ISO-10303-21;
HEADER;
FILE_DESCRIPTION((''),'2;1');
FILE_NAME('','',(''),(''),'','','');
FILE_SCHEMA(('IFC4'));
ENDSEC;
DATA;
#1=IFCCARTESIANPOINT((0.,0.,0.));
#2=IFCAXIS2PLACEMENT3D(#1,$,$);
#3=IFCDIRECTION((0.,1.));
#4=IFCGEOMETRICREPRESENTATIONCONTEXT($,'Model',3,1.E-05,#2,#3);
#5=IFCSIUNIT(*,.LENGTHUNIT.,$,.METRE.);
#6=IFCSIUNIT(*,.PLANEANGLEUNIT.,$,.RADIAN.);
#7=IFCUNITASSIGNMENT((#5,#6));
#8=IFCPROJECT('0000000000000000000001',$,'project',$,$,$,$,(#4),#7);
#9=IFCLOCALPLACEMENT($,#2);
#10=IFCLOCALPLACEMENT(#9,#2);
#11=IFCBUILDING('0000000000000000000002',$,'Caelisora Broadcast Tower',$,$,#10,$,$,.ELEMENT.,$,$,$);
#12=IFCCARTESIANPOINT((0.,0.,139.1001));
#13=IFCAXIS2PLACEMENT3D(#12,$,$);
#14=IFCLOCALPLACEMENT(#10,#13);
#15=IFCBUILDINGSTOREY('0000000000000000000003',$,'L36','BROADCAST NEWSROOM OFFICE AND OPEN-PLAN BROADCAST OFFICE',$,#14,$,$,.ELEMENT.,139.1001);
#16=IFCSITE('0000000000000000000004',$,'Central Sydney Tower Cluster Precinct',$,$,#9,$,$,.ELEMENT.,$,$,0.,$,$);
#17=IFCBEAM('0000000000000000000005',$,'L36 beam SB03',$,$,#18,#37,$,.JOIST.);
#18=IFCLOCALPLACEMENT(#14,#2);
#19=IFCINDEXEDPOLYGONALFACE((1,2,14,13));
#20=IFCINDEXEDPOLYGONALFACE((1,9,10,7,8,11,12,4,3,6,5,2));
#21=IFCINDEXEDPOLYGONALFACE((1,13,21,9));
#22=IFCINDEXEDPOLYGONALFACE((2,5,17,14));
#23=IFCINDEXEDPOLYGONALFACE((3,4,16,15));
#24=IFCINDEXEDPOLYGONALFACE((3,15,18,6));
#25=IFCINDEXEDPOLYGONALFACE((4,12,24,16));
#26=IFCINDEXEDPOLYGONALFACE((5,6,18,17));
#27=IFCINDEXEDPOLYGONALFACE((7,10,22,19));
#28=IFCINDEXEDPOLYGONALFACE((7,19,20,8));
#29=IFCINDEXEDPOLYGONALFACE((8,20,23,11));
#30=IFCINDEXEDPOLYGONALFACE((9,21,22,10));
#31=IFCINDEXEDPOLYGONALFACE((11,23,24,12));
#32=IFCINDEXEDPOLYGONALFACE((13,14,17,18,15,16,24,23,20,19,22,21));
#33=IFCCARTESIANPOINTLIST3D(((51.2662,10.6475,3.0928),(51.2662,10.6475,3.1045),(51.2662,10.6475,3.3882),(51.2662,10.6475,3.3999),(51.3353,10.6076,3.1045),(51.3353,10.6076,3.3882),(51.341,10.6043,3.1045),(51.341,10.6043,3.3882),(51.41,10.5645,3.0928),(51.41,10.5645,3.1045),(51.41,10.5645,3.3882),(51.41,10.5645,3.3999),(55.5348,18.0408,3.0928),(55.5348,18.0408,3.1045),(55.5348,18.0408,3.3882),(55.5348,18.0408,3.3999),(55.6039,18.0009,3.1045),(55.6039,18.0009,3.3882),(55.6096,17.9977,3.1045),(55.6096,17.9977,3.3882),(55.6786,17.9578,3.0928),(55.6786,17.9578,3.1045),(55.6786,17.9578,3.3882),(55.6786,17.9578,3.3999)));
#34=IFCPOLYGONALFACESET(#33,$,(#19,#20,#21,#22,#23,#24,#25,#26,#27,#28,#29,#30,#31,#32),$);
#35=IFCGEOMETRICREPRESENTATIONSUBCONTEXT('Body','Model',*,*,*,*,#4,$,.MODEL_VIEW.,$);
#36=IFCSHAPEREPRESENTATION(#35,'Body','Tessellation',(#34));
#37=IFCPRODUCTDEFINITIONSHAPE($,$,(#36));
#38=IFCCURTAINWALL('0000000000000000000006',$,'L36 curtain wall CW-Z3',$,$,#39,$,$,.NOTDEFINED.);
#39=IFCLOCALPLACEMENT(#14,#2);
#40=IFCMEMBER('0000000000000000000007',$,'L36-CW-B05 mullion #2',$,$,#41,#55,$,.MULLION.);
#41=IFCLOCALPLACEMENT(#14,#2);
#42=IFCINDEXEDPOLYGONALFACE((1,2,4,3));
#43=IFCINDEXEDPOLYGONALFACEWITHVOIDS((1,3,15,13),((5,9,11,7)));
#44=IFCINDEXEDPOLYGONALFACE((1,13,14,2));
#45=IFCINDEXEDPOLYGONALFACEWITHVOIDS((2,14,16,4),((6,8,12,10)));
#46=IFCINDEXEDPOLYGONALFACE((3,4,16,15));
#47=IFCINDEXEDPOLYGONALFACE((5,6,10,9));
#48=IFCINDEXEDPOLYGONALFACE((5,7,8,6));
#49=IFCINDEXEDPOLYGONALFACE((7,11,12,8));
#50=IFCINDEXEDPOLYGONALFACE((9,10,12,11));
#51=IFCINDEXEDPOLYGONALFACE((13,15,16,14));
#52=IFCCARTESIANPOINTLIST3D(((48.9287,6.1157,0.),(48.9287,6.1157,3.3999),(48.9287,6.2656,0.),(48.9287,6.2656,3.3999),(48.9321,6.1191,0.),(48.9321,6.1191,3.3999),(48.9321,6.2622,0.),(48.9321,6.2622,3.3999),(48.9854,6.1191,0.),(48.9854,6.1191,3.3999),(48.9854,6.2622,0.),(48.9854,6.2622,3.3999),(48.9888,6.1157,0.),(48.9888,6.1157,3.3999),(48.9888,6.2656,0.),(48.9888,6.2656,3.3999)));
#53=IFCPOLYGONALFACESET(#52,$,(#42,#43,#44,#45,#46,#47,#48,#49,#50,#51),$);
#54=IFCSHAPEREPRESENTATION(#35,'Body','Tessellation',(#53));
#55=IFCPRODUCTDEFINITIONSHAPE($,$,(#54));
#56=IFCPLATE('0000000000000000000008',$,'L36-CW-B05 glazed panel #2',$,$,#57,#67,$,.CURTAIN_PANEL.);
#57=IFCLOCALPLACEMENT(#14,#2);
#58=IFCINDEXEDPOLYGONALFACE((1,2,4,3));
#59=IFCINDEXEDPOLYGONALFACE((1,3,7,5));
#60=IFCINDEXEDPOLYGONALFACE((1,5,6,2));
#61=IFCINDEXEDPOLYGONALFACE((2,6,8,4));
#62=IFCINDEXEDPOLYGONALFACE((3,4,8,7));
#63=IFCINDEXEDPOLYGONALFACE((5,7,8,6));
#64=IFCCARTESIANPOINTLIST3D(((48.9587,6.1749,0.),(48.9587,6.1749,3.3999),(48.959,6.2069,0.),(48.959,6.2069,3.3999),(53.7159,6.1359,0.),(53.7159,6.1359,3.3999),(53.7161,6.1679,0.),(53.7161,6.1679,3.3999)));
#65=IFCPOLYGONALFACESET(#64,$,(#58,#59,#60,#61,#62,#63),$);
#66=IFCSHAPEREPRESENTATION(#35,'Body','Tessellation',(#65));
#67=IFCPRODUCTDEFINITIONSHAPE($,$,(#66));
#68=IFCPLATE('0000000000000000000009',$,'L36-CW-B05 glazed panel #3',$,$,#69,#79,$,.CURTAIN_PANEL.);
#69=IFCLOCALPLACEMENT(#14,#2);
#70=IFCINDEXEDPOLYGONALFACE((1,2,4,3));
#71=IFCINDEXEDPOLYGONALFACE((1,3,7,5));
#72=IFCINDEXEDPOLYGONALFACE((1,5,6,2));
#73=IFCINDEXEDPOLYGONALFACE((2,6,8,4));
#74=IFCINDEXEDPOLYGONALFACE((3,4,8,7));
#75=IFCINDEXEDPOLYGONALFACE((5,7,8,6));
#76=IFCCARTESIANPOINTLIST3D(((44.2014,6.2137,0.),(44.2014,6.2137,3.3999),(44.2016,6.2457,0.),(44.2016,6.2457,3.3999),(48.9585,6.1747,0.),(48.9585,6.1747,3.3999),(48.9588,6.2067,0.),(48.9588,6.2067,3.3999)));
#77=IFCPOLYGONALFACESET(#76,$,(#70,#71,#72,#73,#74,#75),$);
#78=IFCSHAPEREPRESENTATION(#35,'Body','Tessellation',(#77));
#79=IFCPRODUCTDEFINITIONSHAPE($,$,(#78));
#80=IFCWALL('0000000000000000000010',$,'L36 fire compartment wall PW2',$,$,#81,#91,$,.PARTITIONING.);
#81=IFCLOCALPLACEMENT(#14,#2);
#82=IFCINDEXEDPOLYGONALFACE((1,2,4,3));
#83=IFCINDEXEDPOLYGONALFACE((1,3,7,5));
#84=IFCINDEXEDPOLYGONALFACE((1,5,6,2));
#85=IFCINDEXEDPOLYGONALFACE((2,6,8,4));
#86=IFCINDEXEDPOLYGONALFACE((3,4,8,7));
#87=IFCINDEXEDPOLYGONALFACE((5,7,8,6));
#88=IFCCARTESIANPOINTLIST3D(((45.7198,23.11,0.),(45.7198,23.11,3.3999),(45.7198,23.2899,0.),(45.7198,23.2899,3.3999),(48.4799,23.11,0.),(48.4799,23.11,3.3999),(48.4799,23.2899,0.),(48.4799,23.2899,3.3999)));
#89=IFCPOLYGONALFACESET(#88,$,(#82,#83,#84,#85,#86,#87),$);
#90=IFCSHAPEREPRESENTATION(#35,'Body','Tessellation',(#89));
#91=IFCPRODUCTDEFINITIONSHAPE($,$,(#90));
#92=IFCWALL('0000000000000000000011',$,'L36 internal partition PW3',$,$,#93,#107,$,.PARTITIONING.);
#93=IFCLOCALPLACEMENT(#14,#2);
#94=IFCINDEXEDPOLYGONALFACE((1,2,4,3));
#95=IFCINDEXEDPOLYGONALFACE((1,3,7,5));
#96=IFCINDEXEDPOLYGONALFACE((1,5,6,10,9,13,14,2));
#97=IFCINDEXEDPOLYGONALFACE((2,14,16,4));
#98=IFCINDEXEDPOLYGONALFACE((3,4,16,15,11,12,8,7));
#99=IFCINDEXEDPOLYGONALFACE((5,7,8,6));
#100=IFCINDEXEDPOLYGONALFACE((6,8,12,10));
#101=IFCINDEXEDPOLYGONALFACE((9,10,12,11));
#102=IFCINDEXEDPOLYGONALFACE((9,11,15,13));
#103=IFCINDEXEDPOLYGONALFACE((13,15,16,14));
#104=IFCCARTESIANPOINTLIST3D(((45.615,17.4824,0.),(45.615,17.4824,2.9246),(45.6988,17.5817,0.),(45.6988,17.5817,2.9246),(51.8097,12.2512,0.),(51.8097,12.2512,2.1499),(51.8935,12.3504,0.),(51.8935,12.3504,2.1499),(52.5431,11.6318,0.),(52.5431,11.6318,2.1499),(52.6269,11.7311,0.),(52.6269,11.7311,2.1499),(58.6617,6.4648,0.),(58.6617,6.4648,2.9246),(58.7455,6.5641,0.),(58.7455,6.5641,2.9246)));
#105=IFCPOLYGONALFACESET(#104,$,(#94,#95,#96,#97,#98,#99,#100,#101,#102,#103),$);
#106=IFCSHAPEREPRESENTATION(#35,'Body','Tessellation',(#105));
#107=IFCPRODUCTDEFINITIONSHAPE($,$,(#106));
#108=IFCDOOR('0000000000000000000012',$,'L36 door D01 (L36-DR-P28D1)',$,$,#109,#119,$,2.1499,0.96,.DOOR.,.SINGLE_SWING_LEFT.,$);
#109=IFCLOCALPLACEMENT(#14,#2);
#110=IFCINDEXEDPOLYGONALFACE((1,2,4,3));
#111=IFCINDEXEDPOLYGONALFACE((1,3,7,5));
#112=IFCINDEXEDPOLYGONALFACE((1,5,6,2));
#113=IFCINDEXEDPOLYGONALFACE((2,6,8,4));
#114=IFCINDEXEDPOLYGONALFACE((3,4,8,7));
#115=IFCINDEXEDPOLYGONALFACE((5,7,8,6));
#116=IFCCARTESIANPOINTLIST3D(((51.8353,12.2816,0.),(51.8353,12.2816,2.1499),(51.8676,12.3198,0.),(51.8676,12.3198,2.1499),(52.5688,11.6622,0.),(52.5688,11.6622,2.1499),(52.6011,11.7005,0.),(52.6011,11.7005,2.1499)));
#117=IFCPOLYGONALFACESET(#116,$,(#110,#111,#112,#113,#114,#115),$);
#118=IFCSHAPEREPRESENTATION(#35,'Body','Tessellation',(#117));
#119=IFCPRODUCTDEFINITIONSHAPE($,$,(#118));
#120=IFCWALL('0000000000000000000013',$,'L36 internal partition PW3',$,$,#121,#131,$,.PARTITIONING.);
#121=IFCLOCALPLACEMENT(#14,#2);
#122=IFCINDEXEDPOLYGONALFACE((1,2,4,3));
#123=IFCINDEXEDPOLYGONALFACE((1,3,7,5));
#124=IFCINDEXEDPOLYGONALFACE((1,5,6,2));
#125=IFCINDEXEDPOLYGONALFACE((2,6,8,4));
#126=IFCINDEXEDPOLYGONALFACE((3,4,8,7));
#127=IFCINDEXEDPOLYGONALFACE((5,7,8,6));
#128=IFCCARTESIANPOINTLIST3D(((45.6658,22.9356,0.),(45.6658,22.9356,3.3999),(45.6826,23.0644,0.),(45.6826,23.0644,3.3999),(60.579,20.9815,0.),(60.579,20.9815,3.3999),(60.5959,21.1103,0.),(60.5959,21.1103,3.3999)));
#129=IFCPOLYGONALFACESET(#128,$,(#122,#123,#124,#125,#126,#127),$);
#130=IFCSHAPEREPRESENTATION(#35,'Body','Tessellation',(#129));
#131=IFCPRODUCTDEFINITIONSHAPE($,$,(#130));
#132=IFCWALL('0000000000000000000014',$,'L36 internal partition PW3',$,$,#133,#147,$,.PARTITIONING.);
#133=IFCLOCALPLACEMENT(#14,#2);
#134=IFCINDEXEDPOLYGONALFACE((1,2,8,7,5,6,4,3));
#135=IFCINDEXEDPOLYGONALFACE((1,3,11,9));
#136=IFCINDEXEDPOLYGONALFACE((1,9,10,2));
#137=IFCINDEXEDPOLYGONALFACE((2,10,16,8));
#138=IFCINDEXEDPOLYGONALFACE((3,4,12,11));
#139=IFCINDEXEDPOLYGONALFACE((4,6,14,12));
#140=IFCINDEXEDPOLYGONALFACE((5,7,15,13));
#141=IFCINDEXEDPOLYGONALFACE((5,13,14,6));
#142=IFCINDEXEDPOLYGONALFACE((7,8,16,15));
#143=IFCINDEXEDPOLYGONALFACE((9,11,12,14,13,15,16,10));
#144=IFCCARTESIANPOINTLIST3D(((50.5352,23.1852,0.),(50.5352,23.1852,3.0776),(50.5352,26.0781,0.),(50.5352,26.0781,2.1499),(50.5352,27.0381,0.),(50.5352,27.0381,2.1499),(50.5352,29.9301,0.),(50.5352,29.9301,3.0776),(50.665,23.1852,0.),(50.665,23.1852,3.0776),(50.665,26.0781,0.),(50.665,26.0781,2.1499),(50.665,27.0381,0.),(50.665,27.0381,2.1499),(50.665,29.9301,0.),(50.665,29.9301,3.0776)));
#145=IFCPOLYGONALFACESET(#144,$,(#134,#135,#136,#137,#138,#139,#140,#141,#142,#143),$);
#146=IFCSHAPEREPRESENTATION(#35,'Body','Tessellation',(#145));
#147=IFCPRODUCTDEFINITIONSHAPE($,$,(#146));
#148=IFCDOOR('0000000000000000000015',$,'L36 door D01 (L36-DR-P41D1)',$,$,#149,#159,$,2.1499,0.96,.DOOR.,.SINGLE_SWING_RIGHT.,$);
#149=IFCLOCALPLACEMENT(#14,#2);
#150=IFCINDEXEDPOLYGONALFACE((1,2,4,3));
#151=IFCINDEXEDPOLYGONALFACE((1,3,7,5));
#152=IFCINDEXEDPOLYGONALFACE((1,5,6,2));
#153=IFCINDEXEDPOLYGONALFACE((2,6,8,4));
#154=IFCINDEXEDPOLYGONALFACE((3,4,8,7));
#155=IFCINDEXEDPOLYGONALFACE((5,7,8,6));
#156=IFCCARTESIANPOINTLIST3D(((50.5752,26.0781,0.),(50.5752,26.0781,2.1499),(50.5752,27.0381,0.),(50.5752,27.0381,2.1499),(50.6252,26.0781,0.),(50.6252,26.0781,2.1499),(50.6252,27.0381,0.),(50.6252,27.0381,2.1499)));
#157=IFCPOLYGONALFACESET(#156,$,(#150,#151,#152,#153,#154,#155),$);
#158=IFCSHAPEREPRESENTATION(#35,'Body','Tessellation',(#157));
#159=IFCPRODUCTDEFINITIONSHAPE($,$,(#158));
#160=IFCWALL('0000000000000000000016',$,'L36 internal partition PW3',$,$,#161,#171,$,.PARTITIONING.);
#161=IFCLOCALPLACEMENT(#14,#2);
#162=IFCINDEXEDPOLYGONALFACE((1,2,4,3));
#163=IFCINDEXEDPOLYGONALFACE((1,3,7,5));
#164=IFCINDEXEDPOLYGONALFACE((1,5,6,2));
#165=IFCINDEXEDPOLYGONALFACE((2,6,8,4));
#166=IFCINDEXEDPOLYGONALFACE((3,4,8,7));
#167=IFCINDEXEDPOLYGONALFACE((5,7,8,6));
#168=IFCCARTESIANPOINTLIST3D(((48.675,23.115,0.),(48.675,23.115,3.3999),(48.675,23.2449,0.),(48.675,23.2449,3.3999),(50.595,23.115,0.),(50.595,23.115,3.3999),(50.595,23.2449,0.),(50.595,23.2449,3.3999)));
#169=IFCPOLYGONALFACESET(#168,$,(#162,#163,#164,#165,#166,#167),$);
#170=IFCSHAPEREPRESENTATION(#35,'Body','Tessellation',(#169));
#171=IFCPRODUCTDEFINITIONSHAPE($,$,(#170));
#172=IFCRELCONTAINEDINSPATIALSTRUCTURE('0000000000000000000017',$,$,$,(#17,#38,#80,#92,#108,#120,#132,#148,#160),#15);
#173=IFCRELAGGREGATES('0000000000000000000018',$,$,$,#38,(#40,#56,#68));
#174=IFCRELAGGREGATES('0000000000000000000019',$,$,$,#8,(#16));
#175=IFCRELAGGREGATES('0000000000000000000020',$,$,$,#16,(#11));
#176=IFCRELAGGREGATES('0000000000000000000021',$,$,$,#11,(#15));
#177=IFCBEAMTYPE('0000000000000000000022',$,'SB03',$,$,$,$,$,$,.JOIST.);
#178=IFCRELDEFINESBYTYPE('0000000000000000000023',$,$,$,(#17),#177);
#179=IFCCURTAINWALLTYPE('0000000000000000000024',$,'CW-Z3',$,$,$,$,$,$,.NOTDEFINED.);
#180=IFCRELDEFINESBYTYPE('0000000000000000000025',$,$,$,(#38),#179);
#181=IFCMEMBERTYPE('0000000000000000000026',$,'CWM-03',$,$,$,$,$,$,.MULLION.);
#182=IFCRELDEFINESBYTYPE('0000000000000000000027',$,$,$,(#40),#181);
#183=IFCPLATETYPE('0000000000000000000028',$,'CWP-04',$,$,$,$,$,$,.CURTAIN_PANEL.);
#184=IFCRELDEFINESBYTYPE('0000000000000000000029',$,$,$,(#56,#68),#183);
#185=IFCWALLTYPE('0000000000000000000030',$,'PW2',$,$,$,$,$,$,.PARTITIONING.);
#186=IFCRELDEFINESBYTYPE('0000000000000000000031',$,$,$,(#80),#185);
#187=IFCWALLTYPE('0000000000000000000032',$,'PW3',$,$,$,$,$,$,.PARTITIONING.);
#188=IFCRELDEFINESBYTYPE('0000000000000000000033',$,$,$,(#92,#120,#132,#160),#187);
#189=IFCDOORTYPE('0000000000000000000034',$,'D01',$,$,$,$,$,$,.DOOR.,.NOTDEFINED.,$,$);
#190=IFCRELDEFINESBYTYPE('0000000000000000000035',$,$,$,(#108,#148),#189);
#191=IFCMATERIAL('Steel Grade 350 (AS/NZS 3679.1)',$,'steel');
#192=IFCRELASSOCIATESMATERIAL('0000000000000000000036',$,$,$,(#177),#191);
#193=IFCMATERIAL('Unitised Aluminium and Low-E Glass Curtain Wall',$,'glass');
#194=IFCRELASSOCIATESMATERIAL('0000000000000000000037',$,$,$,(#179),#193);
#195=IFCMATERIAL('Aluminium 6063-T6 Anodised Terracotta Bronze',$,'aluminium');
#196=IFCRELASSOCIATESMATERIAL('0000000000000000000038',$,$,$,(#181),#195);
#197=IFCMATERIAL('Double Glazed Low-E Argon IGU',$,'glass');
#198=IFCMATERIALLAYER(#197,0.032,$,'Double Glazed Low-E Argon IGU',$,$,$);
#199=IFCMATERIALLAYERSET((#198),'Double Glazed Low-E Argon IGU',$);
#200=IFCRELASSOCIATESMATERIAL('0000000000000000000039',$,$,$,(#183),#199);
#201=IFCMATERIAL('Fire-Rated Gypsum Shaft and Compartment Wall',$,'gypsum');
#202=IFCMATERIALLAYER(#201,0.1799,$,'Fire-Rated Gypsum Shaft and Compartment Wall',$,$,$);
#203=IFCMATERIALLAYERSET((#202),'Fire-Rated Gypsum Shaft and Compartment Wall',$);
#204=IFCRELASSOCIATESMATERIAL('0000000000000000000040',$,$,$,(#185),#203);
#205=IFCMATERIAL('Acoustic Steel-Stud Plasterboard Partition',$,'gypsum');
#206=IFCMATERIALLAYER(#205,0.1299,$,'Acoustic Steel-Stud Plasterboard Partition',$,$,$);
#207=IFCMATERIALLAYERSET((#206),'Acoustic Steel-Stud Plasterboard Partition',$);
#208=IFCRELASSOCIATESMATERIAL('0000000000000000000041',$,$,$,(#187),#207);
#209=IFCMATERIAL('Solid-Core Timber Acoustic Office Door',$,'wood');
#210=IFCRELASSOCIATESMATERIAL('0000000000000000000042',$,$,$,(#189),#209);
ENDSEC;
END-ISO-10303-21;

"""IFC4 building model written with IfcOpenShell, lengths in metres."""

from ifc_helpers import new_model, si_unit, direction, frame, frame_2d, origin, origin_2d, place, context, subcontext, project, spatial, rectangle, hollow_rectangle, i_section, extrude, source, transform, mapped, material, layer, layer_set, material_profile, profile_set, type_object, type_shapes, element, fill, aggregate, save


model = new_model("IFC4")

# Units and contexts
model_context = context("Model", 3, precision=1e-05, world=origin(), true_north=direction((0.0, 1.0)))
body_context = subcontext(model_context, "Body", "Model", "MODEL_VIEW")
ifc_project = project(units=[si_unit("LENGTHUNIT", "METRE"), si_unit("PLANEANGLEUNIT", "RADIAN")], contexts=[model_context])

# Site, building, storey
site_placement = place(None, origin())
site = spatial("IfcSite", under=ifc_project, at=site_placement, Name="Central Sydney Tower Cluster Precinct", CompositionType="ELEMENT", RefElevation=0.0)
building_placement = place(site_placement, origin())
building = spatial("IfcBuilding", under=site, at=building_placement, Name="Caelisora Broadcast Tower", CompositionType="ELEMENT")
storey_placement = place(building_placement, frame((0.0, 0.0, 139.1001)))
storey = spatial("IfcBuildingStorey", under=building, at=storey_placement, Name="L36", Description="BROADCAST NEWSROOM OFFICE AND OPEN-PLAN BROADCAST OFFICE", CompositionType="ELEMENT", Elevation=139.1001)

# Beam
ifc_material_1 = material(Name="Steel Grade 350 (AS/NZS 3679.1)", Category="steel")
ifc_material_profile_1 = material_profile(ifc_material_1, i_section(OverallWidth=0.166, OverallDepth=0.3071, WebThickness=0.0066, FlangeThickness=0.0117, at=origin_2d()), Name="Steel Grade 350 (AS/NZS 3679.1)")
ifc_profile_set_1 = profile_set([ifc_material_profile_1], Name="Steel Grade 350 (AS/NZS 3679.1)")
beam_type_1 = type_object("IfcBeamType", Name="SB03", PredefinedType="JOIST", material=ifc_profile_set_1)
shared_shape_1 = source(origin(), body_context, "Body", "SweptSolid", [
    extrude(i_section(OverallWidth=0.166, OverallDepth=0.3071, WebThickness=0.0066, FlangeThickness=0.0117, at=origin_2d()), origin(), (0.0, 0.0, 1.0), 8.5371),
])
beam_1_placement = place(storey_placement, frame((51.3381, 10.606, 3.2463), z_axis=(0.500002, 0.866024, 0.0), x_axis=(-0.866024, 0.500002, 0.0)))
element("IfcBeam", 1, at=beam_1_placement, inside=storey, type_object=beam_type_1, Name="L36 beam SB03", PredefinedType="JOIST", context=body_context, shape_type="MappedRepresentation", body=[
    mapped(shared_shape_1, transform((0.0, 0.0, 0.0), scale=1.0)),
])

# Curtain wall, member, plates
ifc_material_2 = material(Name="Unitised Aluminium and Low-E Glass Curtain Wall", Category="glass")
curtain_wall_type = type_object("IfcCurtainWallType", Name="CW-Z3", PredefinedType="NOTDEFINED", material=ifc_material_2)
curtain_wall_placement = place(storey_placement, origin())
curtain_wall = element("IfcCurtainWall", 2, at=curtain_wall_placement, inside=storey, type_object=curtain_wall_type, Name="L36 curtain wall CW-Z3", PredefinedType="NOTDEFINED")
ifc_material_3 = material(Name="Aluminium 6063-T6 Anodised Terracotta Bronze", Category="aluminium")
ifc_material_profile_2 = material_profile(ifc_material_3, hollow_rectangle(XDim=0.0601, YDim=0.1499, WallThickness=0.0034, at=origin_2d()), Name="Aluminium 6063-T6 Anodised Terracotta Bronze")
ifc_profile_set_2 = profile_set([ifc_material_profile_2], Name="Aluminium 6063-T6 Anodised Terracotta Bronze")
member_type = type_object("IfcMemberType", Name="CWM-03", PredefinedType="MULLION", material=ifc_profile_set_2)
shared_shape_2 = source(origin(), body_context, "Body", "SweptSolid", [
    extrude(hollow_rectangle(XDim=0.0601, YDim=0.1499, WallThickness=0.0034, at=origin_2d()), origin(), (0.0, 0.0, 1.0), 3.3999),
])
type_shapes(member_type, [shared_shape_2])
member_placement = place(storey_placement, frame((48.9587, 6.1907, 0.0), z_axis=(0.0, 0.0, 1.0), x_axis=(1.0, 0.0, 0.0)))
member = element("IfcMember", 3, at=member_placement, type_object=member_type, Name="L36-CW-B05 mullion #2", PredefinedType="MULLION", context=body_context, shape_type="MappedRepresentation", body=[
    mapped(shared_shape_2, transform((0.0, 0.0, 0.0), scale=1.0)),
])
ifc_material_4 = material(Name="Double Glazed Low-E Argon IGU", Category="glass")
ifc_layer_1 = layer(ifc_material_4, 0.032, Name="Double Glazed Low-E Argon IGU")
ifc_layer_set_1 = layer_set([ifc_layer_1], Name="Double Glazed Low-E Argon IGU")
plate_type = type_object("IfcPlateType", Name="CWP-04", PredefinedType="CURTAIN_PANEL", material=ifc_layer_set_1)
shared_shape_3 = source(origin(), body_context, "Body", "SweptSolid", [
    extrude(rectangle(XDim=4.7573, YDim=0.032, at=origin_2d()), origin(), (0.0, 0.0, 1.0), 3.3999),
])
type_shapes(plate_type, [shared_shape_3])
plate_1_placement = place(storey_placement, frame((51.3374, 6.1714, 0.0), z_axis=(0.0, 0.0, 1.0), x_axis=(-0.999966, 0.008203, 0.0)))
plate_1 = element("IfcPlate", 4, at=plate_1_placement, type_object=plate_type, Name="L36-CW-B05 glazed panel #2", PredefinedType="CURTAIN_PANEL", context=body_context, shape_type="MappedRepresentation", body=[
    mapped(shared_shape_3, transform((0.0, 0.0, 0.0), scale=1.0)),
])
plate_2_placement = place(storey_placement, frame((46.5801, 6.2102, 0.0), z_axis=(0.0, 0.0, 1.0), x_axis=(-0.999966, 0.008203, 0.0)))
plate_2 = element("IfcPlate", 5, at=plate_2_placement, type_object=plate_type, Name="L36-CW-B05 glazed panel #3", PredefinedType="CURTAIN_PANEL", context=body_context, shape_type="MappedRepresentation", body=[
    mapped(shared_shape_3, transform((0.0, 0.0, 0.0), scale=1.0)),
])
aggregate(curtain_wall, [member, plate_1, plate_2])

# Wall
ifc_material_5 = material(Name="Fire-Rated Gypsum Shaft and Compartment Wall", Category="gypsum")
ifc_layer_2 = layer(ifc_material_5, 0.1799, Name="Fire-Rated Gypsum Shaft and Compartment Wall")
ifc_layer_set_2 = layer_set([ifc_layer_2], Name="Fire-Rated Gypsum Shaft and Compartment Wall")
wall_type_1 = type_object("IfcWallType", Name="PW2", PredefinedType="PARTITIONING", material=ifc_layer_set_2)
wall_1_placement = place(storey_placement, frame((45.72, 23.2, 0.0), z_axis=(0.0, 0.0, 1.0), x_axis=(1.0, 0.0, 0.0)))
element("IfcWall", 6, at=wall_1_placement, inside=storey, type_object=wall_type_1, Name="L36 fire compartment wall PW2", PredefinedType="PARTITIONING", context=body_context, shape_type="SweptSolid", body=[
    extrude(rectangle(XDim=2.76, YDim=0.1799, at=frame_2d((1.3799, 0.0))), origin(), (0.0, 0.0, 1.0), 3.3999),
])

# Wall, opening, door
ifc_material_6 = material(Name="Acoustic Steel-Stud Plasterboard Partition", Category="gypsum")
ifc_layer_3 = layer(ifc_material_6, 0.1299, Name="Acoustic Steel-Stud Plasterboard Partition")
ifc_layer_set_3 = layer_set([ifc_layer_3], Name="Acoustic Steel-Stud Plasterboard Partition")
wall_type_2 = type_object("IfcWallType", Name="PW3", PredefinedType="PARTITIONING", material=ifc_layer_set_3)
wall_2_placement = place(storey_placement, frame((45.657, 17.532, 0.0), z_axis=(0.0, 0.0, 1.0), x_axis=(0.764018, -0.645195, 0.0)))
wall_2 = element("IfcWall", 7, at=wall_2_placement, inside=storey, type_object=wall_type_2, Name="L36 internal partition PW3", PredefinedType="PARTITIONING", context=body_context, shape_type="SweptSolid", body=[
    extrude(rectangle(XDim=17.0764, YDim=0.1299, at=frame_2d((8.5381, 0.0))), origin(), (0.0, 0.0, 1.0), 2.9246),
])
opening_1_placement = place(wall_2_placement, frame((8.1079, 0.0, 0.0)))
opening_1 = element("IfcOpeningElement", 8, at=opening_1_placement, cuts=wall_2, PredefinedType="OPENING", context=body_context, shape_type="SweptSolid", body=[
    extrude(rectangle(XDim=0.96, YDim=2.1499, at=frame_2d((0.48, 1.075))), frame((0.0, 0.0769, 0.0), z_axis=(0.0, -1.0, 0.0), x_axis=(1.0, 0.0, 0.0)), (0.0, 0.0, 1.0), 0.1538),
])
ifc_material_7 = material(Name="Solid-Core Timber Acoustic Office Door", Category="wood")
door_type_1 = type_object("IfcDoorType", Name="D01", OperationType="NOTDEFINED", PredefinedType="DOOR", material=ifc_material_7)
door_1_placement = place(opening_1_placement, origin())
door_1 = element("IfcDoor", 9, at=door_1_placement, inside=storey, type_object=door_type_1, Name="L36 door D01 (L36-DR-P28D1)", OperationType="SINGLE_SWING_LEFT", OverallHeight=2.1499, OverallWidth=0.96, PredefinedType="DOOR", context=body_context, shape_type="SweptSolid", body=[
    extrude(rectangle(XDim=0.96, YDim=2.1499, at=frame_2d((0.48, 1.075))), frame((0.0, 0.0249, 0.0), z_axis=(0.0, -1.0, 0.0), x_axis=(1.0, 0.0, 0.0)), (0.0, 0.0, 1.0), 0.05),
])
fill(opening_1, door_1)

# Wall
wall_3_placement = place(storey_placement, frame((45.6741, 23.0, 0.0), z_axis=(0.0, 0.0, 1.0), x_axis=(0.991524, -0.12992, 0.0)))
element("IfcWall", 10, at=wall_3_placement, inside=storey, type_object=wall_type_2, Name="L36 internal partition PW3", PredefinedType="PARTITIONING", context=body_context, shape_type="SweptSolid", body=[
    extrude(rectangle(XDim=15.0408, YDim=0.1299, at=frame_2d((7.5205, 0.0))), origin(), (0.0, 0.0, 1.0), 3.3999),
])

# Wall, opening, door
wall_4_placement = place(storey_placement, frame((50.6001, 23.1851, 0.0), z_axis=(0.0, 0.0, 1.0), x_axis=(0.0, 1.0, 0.0)))
wall_4 = element("IfcWall", 11, at=wall_4_placement, inside=storey, type_object=wall_type_2, Name="L36 internal partition PW3", PredefinedType="PARTITIONING", context=body_context, shape_type="SweptSolid", body=[
    extrude(rectangle(XDim=6.7449, YDim=0.1299, at=frame_2d((3.3726, 0.0))), origin(), (0.0, 0.0, 1.0), 3.0776),
])
opening_2_placement = place(wall_4_placement, frame((2.8931, 0.0, 0.0)))
opening_2 = element("IfcOpeningElement", 12, at=opening_2_placement, cuts=wall_4, PredefinedType="OPENING", context=body_context, shape_type="SweptSolid", body=[
    extrude(rectangle(XDim=0.96, YDim=2.1499, at=frame_2d((0.48, 1.075))), frame((0.0, 0.0769, 0.0), z_axis=(0.0, -1.0, 0.0), x_axis=(1.0, 0.0, 0.0)), (0.0, 0.0, 1.0), 0.1538),
])
door_2_placement = place(opening_2_placement, origin())
door_2 = element("IfcDoor", 13, at=door_2_placement, inside=storey, type_object=door_type_1, Name="L36 door D01 (L36-DR-P41D1)", OperationType="SINGLE_SWING_RIGHT", OverallHeight=2.1499, OverallWidth=0.96, PredefinedType="DOOR", context=body_context, shape_type="SweptSolid", body=[
    extrude(rectangle(XDim=0.96, YDim=2.1499, at=frame_2d((0.48, 1.075))), frame((0.0, 0.0249, 0.0), z_axis=(0.0, -1.0, 0.0), x_axis=(1.0, 0.0, 0.0)), (0.0, 0.0, 1.0), 0.05),
])
fill(opening_2, door_2)

# Wall
wall_5_placement = place(storey_placement, frame((48.675, 23.1799, 0.0), z_axis=(0.0, 0.0, 1.0), x_axis=(1.0, 0.0, 0.0)))
element("IfcWall", 14, at=wall_5_placement, inside=storey, type_object=wall_type_2, Name="L36 internal partition PW3", PredefinedType="PARTITIONING", context=body_context, shape_type="SweptSolid", body=[
    extrude(rectangle(XDim=1.9199, YDim=0.1299, at=frame_2d((0.96, 0.0))), origin(), (0.0, 0.0, 1.0), 3.3999),
])

save(model, "model.ifc")
